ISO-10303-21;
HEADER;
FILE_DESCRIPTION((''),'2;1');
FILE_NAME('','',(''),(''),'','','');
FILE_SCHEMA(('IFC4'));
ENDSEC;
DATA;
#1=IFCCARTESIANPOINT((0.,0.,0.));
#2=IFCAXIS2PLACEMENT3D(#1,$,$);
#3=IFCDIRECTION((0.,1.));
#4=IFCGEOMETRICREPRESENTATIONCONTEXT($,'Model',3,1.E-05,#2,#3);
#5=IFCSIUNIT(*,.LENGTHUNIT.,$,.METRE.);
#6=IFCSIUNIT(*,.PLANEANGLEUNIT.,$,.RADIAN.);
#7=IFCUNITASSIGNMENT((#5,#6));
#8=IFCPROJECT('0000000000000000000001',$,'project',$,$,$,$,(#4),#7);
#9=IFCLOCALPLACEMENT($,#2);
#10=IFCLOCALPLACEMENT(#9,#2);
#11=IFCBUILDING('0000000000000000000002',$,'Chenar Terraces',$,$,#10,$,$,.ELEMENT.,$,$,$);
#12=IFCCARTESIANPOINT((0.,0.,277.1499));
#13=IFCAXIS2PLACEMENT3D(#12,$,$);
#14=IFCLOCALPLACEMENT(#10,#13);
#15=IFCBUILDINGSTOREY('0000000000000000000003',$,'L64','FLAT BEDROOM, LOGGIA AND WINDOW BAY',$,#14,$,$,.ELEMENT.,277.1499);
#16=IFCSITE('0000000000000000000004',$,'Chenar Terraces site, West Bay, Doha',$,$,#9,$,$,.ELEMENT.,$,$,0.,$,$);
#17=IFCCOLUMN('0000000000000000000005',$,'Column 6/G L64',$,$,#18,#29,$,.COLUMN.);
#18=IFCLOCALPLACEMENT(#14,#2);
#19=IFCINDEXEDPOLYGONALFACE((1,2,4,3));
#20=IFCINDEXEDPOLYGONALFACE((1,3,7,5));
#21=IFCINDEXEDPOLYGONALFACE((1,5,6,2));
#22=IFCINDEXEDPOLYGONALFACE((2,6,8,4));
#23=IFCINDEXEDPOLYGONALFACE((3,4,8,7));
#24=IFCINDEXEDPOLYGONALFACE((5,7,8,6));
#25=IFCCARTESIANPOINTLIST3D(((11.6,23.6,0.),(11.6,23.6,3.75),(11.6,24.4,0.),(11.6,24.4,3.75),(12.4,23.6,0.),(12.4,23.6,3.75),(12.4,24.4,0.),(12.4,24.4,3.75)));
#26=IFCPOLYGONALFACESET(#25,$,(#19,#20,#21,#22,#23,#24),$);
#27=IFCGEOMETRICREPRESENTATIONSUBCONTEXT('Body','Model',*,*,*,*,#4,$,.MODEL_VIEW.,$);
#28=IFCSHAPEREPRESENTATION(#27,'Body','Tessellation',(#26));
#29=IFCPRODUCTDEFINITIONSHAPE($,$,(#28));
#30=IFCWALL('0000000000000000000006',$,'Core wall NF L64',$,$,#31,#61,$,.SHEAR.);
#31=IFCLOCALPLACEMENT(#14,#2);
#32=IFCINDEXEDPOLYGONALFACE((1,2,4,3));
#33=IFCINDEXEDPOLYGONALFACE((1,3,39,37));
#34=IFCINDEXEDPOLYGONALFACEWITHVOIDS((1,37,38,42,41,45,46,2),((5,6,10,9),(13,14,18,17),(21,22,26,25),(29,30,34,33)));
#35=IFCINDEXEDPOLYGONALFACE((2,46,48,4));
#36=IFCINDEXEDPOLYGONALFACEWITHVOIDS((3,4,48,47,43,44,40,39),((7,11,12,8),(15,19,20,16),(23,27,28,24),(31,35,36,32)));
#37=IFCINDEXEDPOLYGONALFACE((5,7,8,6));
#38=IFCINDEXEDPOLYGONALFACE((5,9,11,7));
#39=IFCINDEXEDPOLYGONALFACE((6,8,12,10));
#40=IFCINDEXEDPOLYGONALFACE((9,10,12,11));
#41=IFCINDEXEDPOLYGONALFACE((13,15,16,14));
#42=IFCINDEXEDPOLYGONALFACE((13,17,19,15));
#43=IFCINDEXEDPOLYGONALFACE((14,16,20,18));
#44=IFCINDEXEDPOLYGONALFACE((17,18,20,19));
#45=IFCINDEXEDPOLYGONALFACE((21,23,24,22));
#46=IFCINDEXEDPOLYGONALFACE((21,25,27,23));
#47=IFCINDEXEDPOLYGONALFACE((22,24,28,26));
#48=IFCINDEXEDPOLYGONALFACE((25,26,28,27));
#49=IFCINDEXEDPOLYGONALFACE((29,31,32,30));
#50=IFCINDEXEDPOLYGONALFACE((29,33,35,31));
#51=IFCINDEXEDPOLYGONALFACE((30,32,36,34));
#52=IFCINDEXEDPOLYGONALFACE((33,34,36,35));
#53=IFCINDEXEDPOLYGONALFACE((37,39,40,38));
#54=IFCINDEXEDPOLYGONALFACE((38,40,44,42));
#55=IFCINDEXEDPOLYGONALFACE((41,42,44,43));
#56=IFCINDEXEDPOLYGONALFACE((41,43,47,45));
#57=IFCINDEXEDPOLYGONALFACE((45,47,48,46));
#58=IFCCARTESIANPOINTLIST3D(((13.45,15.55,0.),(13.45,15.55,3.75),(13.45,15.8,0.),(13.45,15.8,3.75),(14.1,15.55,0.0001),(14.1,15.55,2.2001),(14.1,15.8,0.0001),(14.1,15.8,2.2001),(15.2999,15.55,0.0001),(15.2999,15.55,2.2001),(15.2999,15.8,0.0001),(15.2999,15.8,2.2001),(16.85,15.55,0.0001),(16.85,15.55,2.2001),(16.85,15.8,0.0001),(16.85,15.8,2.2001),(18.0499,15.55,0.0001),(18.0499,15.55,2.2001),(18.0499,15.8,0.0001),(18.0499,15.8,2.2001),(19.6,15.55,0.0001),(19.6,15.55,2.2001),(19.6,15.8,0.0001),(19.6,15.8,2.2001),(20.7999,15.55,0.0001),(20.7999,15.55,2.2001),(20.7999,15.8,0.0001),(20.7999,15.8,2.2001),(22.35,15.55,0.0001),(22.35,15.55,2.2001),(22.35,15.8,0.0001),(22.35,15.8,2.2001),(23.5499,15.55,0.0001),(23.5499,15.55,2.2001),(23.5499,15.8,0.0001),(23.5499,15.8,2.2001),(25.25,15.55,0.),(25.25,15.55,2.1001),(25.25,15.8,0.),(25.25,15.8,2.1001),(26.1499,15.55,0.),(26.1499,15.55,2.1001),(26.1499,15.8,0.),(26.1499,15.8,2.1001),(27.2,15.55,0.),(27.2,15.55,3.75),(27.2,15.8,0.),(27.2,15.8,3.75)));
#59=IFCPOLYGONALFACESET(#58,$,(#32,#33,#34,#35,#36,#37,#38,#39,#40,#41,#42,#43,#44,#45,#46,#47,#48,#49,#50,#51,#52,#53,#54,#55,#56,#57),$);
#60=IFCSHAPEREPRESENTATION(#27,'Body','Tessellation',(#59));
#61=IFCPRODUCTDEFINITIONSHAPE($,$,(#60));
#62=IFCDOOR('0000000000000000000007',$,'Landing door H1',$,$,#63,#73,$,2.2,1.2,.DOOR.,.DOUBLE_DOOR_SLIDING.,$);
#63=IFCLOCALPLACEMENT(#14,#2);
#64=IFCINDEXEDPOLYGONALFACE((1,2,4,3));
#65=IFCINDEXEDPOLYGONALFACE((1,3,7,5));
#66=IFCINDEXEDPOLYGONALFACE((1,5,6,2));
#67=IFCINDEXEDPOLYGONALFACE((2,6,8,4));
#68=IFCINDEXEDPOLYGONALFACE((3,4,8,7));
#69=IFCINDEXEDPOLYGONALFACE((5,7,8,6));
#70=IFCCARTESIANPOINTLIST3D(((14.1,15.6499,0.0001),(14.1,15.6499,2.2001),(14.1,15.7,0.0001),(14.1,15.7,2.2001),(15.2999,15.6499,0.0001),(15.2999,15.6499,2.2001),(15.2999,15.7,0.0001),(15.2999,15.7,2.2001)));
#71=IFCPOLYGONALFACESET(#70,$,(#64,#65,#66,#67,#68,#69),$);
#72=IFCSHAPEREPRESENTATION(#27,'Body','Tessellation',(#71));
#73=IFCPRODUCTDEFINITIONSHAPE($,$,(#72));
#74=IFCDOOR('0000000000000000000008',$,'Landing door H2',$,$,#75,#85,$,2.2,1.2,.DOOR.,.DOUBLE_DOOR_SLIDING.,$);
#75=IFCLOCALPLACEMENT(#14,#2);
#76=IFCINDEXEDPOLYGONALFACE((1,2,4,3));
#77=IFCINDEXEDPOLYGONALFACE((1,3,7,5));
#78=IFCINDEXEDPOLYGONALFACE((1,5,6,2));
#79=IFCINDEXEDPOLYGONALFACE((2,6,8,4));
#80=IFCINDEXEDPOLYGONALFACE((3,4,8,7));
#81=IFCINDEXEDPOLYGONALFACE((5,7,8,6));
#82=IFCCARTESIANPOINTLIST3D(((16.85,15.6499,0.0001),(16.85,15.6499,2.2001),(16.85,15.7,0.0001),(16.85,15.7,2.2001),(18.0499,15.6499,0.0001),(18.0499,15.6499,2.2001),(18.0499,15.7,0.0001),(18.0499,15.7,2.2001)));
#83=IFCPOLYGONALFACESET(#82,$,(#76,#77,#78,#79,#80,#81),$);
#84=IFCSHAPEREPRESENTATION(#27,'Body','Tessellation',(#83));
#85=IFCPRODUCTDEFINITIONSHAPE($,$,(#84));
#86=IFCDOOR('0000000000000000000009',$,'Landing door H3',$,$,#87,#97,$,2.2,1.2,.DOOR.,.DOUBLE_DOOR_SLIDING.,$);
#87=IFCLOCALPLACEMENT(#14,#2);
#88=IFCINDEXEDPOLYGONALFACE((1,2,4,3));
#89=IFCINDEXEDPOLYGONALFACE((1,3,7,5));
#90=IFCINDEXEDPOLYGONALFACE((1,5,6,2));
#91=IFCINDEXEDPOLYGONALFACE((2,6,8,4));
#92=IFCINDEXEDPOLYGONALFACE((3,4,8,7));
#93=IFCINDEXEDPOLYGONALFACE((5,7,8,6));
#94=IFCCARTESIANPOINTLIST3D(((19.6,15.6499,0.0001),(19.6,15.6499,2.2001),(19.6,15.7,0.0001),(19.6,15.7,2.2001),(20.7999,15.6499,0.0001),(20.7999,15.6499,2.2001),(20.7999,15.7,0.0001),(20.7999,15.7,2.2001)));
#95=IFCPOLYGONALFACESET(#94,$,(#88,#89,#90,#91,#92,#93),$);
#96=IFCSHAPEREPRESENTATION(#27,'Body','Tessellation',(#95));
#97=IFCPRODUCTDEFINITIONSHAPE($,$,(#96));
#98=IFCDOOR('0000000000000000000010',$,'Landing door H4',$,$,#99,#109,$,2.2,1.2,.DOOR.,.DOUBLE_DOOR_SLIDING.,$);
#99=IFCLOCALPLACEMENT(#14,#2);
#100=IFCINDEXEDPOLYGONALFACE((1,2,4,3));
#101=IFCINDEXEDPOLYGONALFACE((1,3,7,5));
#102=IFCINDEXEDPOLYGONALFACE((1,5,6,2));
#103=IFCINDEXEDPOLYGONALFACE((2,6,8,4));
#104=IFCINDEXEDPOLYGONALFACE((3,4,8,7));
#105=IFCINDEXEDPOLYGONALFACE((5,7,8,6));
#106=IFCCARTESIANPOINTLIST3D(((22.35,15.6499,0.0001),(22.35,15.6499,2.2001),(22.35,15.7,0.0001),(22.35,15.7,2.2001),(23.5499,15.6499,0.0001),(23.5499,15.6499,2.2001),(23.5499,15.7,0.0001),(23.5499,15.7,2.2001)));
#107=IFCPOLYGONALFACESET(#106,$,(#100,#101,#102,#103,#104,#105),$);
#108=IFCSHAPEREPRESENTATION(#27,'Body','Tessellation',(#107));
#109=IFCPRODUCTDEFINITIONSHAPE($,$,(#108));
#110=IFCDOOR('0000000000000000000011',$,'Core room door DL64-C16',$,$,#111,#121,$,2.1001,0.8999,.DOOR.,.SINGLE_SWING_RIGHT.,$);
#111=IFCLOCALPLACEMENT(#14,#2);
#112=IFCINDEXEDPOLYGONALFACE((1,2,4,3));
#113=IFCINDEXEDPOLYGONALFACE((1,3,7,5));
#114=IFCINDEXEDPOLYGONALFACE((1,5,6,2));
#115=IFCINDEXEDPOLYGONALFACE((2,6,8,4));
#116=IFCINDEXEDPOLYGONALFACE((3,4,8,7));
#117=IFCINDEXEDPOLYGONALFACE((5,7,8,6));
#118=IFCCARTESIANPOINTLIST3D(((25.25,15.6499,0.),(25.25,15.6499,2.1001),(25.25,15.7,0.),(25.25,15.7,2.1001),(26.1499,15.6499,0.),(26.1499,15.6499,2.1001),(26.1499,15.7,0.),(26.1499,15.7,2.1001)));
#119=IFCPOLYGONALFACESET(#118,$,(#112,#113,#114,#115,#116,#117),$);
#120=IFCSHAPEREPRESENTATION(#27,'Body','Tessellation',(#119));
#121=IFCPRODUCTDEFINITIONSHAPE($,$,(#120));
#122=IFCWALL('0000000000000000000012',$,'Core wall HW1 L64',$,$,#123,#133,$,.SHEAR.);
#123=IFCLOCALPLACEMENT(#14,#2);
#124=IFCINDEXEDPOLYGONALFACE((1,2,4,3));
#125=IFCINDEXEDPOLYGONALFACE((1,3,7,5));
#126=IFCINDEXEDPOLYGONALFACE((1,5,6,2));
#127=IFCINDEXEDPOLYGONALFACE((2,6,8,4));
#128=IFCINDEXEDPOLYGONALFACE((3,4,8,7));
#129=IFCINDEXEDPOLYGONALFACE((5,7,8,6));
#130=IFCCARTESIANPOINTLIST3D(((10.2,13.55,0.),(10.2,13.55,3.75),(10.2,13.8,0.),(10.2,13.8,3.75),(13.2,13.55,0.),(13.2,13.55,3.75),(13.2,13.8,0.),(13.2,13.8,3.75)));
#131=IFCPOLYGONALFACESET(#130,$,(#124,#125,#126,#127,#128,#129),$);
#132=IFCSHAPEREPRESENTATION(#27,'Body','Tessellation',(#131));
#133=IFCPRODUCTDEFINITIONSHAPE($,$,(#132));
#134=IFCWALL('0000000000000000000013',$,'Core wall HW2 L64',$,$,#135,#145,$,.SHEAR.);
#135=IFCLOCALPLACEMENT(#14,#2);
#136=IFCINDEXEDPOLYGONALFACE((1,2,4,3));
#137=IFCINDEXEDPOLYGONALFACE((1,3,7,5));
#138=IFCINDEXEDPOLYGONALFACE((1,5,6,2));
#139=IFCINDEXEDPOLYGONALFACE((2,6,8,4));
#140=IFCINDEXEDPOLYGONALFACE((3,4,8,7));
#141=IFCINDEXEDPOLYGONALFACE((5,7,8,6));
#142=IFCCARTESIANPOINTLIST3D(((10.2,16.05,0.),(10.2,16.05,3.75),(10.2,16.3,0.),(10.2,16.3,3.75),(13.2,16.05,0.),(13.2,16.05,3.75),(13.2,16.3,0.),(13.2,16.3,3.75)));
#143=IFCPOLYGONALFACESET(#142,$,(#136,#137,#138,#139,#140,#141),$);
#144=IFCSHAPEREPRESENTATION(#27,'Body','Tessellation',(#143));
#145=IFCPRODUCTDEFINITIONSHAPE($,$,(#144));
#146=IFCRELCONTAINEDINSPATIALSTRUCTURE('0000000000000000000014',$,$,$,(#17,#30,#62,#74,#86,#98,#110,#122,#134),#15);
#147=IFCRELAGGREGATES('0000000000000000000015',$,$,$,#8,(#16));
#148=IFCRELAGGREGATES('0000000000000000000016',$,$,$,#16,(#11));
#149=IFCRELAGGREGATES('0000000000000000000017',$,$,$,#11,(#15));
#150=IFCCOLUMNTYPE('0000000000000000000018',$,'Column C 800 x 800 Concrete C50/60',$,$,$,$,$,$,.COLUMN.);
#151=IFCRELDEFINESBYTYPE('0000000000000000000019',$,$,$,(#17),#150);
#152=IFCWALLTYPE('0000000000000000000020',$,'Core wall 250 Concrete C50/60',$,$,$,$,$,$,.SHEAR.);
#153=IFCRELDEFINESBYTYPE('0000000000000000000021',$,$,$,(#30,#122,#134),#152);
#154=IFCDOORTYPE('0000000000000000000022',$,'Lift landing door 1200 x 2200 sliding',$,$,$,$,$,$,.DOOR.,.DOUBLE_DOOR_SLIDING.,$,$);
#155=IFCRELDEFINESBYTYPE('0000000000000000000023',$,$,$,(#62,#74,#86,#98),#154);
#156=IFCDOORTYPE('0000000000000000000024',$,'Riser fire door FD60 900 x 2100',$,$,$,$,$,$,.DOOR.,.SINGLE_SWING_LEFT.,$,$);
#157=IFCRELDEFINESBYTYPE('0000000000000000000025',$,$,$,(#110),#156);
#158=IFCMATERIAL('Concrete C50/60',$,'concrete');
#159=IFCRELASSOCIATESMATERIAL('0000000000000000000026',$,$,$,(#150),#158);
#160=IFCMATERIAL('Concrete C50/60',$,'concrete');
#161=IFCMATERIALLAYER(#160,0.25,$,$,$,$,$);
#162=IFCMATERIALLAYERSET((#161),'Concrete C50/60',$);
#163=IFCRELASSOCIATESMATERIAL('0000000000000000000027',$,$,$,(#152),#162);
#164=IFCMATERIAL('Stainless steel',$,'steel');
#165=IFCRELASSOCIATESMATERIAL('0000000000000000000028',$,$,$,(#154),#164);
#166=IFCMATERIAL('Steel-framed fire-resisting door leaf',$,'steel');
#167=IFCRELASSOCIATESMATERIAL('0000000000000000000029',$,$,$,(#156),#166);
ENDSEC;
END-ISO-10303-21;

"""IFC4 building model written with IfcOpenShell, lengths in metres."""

from ifc_helpers import new_model, si_unit, direction, frame, frame_2d, origin, origin_2d, place, context, subcontext, project, spatial, rectangle, extrude, material, layer, layer_set, material_profile, profile_set, type_object, element, fill, save


model = new_model("IFC4")

# Units and contexts
model_context = context("Model", 3, precision=1e-05, world=origin(), true_north=direction((0.0, 1.0)))
body_context = subcontext(model_context, "Body", "Model", "MODEL_VIEW")
ifc_project = project(units=[si_unit("LENGTHUNIT", "METRE"), si_unit("PLANEANGLEUNIT", "RADIAN")], contexts=[model_context])

# Site, building, storey
site_placement = place(None, origin())
site = spatial("IfcSite", under=ifc_project, at=site_placement, Name="Chenar Terraces site, West Bay, Doha", CompositionType="ELEMENT", RefElevation=0.0)
building_placement = place(site_placement, origin())
building = spatial("IfcBuilding", under=site, at=building_placement, Name="Chenar Terraces", CompositionType="ELEMENT")
storey_placement = place(building_placement, frame((0.0, 0.0, 277.1499)))
storey = spatial("IfcBuildingStorey", under=building, at=storey_placement, Name="L64", Description="FLAT BEDROOM, LOGGIA AND WINDOW BAY", CompositionType="ELEMENT", Elevation=277.1499)

# Column
ifc_material_1 = material(Name="Concrete C50/60", Category="concrete")
ifc_material_profile = material_profile(ifc_material_1, rectangle(XDim=0.8, YDim=0.8, at=origin_2d()), Name="C 800 x 800")
ifc_profile_set = profile_set([ifc_material_profile], Name="Concrete C50/60")
column_type = type_object("IfcColumnType", Name="Column C 800 x 800 Concrete C50/60", PredefinedType="COLUMN", material=ifc_profile_set)
column_placement = place(storey_placement, frame((12.0, 24.0, 0.0), z_axis=(0.0, 0.0, 1.0), x_axis=(1.0, 0.0, 0.0)))
element("IfcColumn", 1, at=column_placement, inside=storey, type_object=column_type, Name="Column 6/G L64", PredefinedType="COLUMN", context=body_context, shape_type="SweptSolid", body=[
    extrude(rectangle(XDim=0.8, YDim=0.8, at=origin_2d()), origin(), (0.0, 0.0, 1.0), 3.75),
])

# Wall, openings, doors
ifc_material_2 = material(Name="Concrete C50/60", Category="concrete")
ifc_layer_1 = layer(ifc_material_2, 0.25)
ifc_layer_set_1 = layer_set([ifc_layer_1], Name="Concrete C50/60")
wall_type_1 = type_object("IfcWallType", Name="Core wall 250 Concrete C50/60", PredefinedType="SHEAR", material=ifc_layer_set_1)
wall_1_placement = place(storey_placement, frame((13.45, 15.675, 0.0), z_axis=(0.0, 0.0, 1.0), x_axis=(1.0, 0.0, 0.0)))
wall_1 = element("IfcWall", 2, at=wall_1_placement, inside=storey, type_object=wall_type_1, Name="Core wall NF L64", PredefinedType="SHEAR", context=body_context, shape_type="SweptSolid", body=[
    extrude(rectangle(XDim=13.75, YDim=0.25, at=frame_2d((6.875, 0.0))), origin(), (0.0, 0.0, 1.0), 3.75),
])
opening_1_placement = place(wall_1_placement, frame((0.6499, 0.0, 0.0)))
opening_1 = element("IfcOpeningElement", 3, at=opening_1_placement, cuts=wall_1, PredefinedType="OPENING", context=body_context, shape_type="SweptSolid", body=[
    extrude(rectangle(XDim=1.2, YDim=2.2, at=frame_2d((0.6001, 1.1001))), frame((0.0, 0.135, 0.0), z_axis=(0.0, -1.0, 0.0), x_axis=(1.0, 0.0, 0.0)), (0.0, 0.0, 1.0), 0.27),
])
opening_2_placement = place(wall_1_placement, frame((3.3999, 0.0, 0.0)))
opening_2 = element("IfcOpeningElement", 4, at=opening_2_placement, cuts=wall_1, PredefinedType="OPENING", context=body_context, shape_type="SweptSolid", body=[
    extrude(rectangle(XDim=1.2, YDim=2.2, at=frame_2d((0.6001, 1.1001))), frame((0.0, 0.135, 0.0), z_axis=(0.0, -1.0, 0.0), x_axis=(1.0, 0.0, 0.0)), (0.0, 0.0, 1.0), 0.27),
])
opening_3_placement = place(wall_1_placement, frame((6.1499, 0.0, 0.0)))
opening_3 = element("IfcOpeningElement", 5, at=opening_3_placement, cuts=wall_1, PredefinedType="OPENING", context=body_context, shape_type="SweptSolid", body=[
    extrude(rectangle(XDim=1.2, YDim=2.2, at=frame_2d((0.6001, 1.1001))), frame((0.0, 0.135, 0.0), z_axis=(0.0, -1.0, 0.0), x_axis=(1.0, 0.0, 0.0)), (0.0, 0.0, 1.0), 0.27),
])
opening_4_placement = place(wall_1_placement, frame((8.8999, 0.0, 0.0)))
opening_4 = element("IfcOpeningElement", 6, at=opening_4_placement, cuts=wall_1, PredefinedType="OPENING", context=body_context, shape_type="SweptSolid", body=[
    extrude(rectangle(XDim=1.2, YDim=2.2, at=frame_2d((0.6001, 1.1001))), frame((0.0, 0.135, 0.0), z_axis=(0.0, -1.0, 0.0), x_axis=(1.0, 0.0, 0.0)), (0.0, 0.0, 1.0), 0.27),
])
opening_5_placement = place(wall_1_placement, frame((11.8, 0.0, 0.0)))
opening_5 = element("IfcOpeningElement", 7, at=opening_5_placement, cuts=wall_1, PredefinedType="OPENING", context=body_context, shape_type="SweptSolid", body=[
    extrude(rectangle(XDim=0.8999, YDim=2.1001, at=frame_2d((0.45, 1.05))), frame((0.0, 0.135, 0.0), z_axis=(0.0, -1.0, 0.0), x_axis=(1.0, 0.0, 0.0)), (0.0, 0.0, 1.0), 0.27),
])
ifc_material_3 = material(Name="Stainless steel", Category="steel")
door_type_1 = type_object("IfcDoorType", Name="Lift landing door 1200 x 2200 sliding", OperationType="DOUBLE_DOOR_SLIDING", PredefinedType="DOOR", material=ifc_material_3)
door_1_placement = place(opening_1_placement, origin())
door_1 = element("IfcDoor", 8, at=door_1_placement, inside=storey, type_object=door_type_1, Name="Landing door H1", OperationType="DOUBLE_DOOR_SLIDING", OverallHeight=2.2, OverallWidth=1.2, PredefinedType="DOOR", context=body_context, shape_type="SweptSolid", body=[
    extrude(rectangle(XDim=1.2, YDim=2.2, at=frame_2d((0.6001, 1.1001))), frame((0.0, 0.0249, 0.0), z_axis=(0.0, -1.0, 0.0), x_axis=(1.0, 0.0, 0.0)), (0.0, 0.0, 1.0), 0.05),
])
fill(opening_1, door_1)
door_2_placement = place(opening_2_placement, origin())
door_2 = element("IfcDoor", 9, at=door_2_placement, inside=storey, type_object=door_type_1, Name="Landing door H2", OperationType="DOUBLE_DOOR_SLIDING", OverallHeight=2.2, OverallWidth=1.2, PredefinedType="DOOR", context=body_context, shape_type="SweptSolid", body=[
    extrude(rectangle(XDim=1.2, YDim=2.2, at=frame_2d((0.6001, 1.1001))), frame((0.0, 0.0249, 0.0), z_axis=(0.0, -1.0, 0.0), x_axis=(1.0, 0.0, 0.0)), (0.0, 0.0, 1.0), 0.05),
])
fill(opening_2, door_2)
door_3_placement = place(opening_3_placement, origin())
door_3 = element("IfcDoor", 10, at=door_3_placement, inside=storey, type_object=door_type_1, Name="Landing door H3", OperationType="DOUBLE_DOOR_SLIDING", OverallHeight=2.2, OverallWidth=1.2, PredefinedType="DOOR", context=body_context, shape_type="SweptSolid", body=[
    extrude(rectangle(XDim=1.2, YDim=2.2, at=frame_2d((0.6001, 1.1001))), frame((0.0, 0.0249, 0.0), z_axis=(0.0, -1.0, 0.0), x_axis=(1.0, 0.0, 0.0)), (0.0, 0.0, 1.0), 0.05),
])
fill(opening_3, door_3)
door_4_placement = place(opening_4_placement, origin())
door_4 = element("IfcDoor", 11, at=door_4_placement, inside=storey, type_object=door_type_1, Name="Landing door H4", OperationType="DOUBLE_DOOR_SLIDING", OverallHeight=2.2, OverallWidth=1.2, PredefinedType="DOOR", context=body_context, shape_type="SweptSolid", body=[
    extrude(rectangle(XDim=1.2, YDim=2.2, at=frame_2d((0.6001, 1.1001))), frame((0.0, 0.0249, 0.0), z_axis=(0.0, -1.0, 0.0), x_axis=(1.0, 0.0, 0.0)), (0.0, 0.0, 1.0), 0.05),
])
fill(opening_4, door_4)
ifc_material_4 = material(Name="Steel-framed fire-resisting door leaf", Category="steel")
door_type_2 = type_object("IfcDoorType", Name="Riser fire door FD60 900 x 2100", OperationType="SINGLE_SWING_LEFT", PredefinedType="DOOR", material=ifc_material_4)
door_5_placement = place(opening_5_placement, origin())
door_5 = element("IfcDoor", 12, at=door_5_placement, inside=storey, type_object=door_type_2, Name="Core room door DL64-C16", OperationType="SINGLE_SWING_RIGHT", OverallHeight=2.1001, OverallWidth=0.8999, PredefinedType="DOOR", context=body_context, shape_type="SweptSolid", body=[
    extrude(rectangle(XDim=0.8999, YDim=2.1001, at=frame_2d((0.45, 1.05))), frame((0.0, 0.0249, 0.0), z_axis=(0.0, -1.0, 0.0), x_axis=(1.0, 0.0, 0.0)), (0.0, 0.0, 1.0), 0.05),
])
fill(opening_5, door_5)

# Walls
for number, where, z_axis, x_axis, name in (
    (13, (10.2, 13.675, 0.0), (0.0, 0.0, 1.0), (1.0, 0.0, 0.0), "Core wall HW1 L64"),
    (14, (10.2, 16.175, 0.0), (0.0, 0.0, 1.0), (1.0, 0.0, 0.0), "Core wall HW2 L64"),
):
    element("IfcWall", number, at=place(storey_placement, frame(where, z_axis=z_axis, x_axis=x_axis)), inside=storey, type_object=wall_type_1, Name=name, PredefinedType="SHEAR", context=body_context, shape_type="SweptSolid", body=[
        extrude(rectangle(XDim=3.0, YDim=0.25, at=frame_2d((1.5, 0.0))), origin(), (0.0, 0.0, 1.0), 3.75),
    ])

save(model, "model.ifc")
